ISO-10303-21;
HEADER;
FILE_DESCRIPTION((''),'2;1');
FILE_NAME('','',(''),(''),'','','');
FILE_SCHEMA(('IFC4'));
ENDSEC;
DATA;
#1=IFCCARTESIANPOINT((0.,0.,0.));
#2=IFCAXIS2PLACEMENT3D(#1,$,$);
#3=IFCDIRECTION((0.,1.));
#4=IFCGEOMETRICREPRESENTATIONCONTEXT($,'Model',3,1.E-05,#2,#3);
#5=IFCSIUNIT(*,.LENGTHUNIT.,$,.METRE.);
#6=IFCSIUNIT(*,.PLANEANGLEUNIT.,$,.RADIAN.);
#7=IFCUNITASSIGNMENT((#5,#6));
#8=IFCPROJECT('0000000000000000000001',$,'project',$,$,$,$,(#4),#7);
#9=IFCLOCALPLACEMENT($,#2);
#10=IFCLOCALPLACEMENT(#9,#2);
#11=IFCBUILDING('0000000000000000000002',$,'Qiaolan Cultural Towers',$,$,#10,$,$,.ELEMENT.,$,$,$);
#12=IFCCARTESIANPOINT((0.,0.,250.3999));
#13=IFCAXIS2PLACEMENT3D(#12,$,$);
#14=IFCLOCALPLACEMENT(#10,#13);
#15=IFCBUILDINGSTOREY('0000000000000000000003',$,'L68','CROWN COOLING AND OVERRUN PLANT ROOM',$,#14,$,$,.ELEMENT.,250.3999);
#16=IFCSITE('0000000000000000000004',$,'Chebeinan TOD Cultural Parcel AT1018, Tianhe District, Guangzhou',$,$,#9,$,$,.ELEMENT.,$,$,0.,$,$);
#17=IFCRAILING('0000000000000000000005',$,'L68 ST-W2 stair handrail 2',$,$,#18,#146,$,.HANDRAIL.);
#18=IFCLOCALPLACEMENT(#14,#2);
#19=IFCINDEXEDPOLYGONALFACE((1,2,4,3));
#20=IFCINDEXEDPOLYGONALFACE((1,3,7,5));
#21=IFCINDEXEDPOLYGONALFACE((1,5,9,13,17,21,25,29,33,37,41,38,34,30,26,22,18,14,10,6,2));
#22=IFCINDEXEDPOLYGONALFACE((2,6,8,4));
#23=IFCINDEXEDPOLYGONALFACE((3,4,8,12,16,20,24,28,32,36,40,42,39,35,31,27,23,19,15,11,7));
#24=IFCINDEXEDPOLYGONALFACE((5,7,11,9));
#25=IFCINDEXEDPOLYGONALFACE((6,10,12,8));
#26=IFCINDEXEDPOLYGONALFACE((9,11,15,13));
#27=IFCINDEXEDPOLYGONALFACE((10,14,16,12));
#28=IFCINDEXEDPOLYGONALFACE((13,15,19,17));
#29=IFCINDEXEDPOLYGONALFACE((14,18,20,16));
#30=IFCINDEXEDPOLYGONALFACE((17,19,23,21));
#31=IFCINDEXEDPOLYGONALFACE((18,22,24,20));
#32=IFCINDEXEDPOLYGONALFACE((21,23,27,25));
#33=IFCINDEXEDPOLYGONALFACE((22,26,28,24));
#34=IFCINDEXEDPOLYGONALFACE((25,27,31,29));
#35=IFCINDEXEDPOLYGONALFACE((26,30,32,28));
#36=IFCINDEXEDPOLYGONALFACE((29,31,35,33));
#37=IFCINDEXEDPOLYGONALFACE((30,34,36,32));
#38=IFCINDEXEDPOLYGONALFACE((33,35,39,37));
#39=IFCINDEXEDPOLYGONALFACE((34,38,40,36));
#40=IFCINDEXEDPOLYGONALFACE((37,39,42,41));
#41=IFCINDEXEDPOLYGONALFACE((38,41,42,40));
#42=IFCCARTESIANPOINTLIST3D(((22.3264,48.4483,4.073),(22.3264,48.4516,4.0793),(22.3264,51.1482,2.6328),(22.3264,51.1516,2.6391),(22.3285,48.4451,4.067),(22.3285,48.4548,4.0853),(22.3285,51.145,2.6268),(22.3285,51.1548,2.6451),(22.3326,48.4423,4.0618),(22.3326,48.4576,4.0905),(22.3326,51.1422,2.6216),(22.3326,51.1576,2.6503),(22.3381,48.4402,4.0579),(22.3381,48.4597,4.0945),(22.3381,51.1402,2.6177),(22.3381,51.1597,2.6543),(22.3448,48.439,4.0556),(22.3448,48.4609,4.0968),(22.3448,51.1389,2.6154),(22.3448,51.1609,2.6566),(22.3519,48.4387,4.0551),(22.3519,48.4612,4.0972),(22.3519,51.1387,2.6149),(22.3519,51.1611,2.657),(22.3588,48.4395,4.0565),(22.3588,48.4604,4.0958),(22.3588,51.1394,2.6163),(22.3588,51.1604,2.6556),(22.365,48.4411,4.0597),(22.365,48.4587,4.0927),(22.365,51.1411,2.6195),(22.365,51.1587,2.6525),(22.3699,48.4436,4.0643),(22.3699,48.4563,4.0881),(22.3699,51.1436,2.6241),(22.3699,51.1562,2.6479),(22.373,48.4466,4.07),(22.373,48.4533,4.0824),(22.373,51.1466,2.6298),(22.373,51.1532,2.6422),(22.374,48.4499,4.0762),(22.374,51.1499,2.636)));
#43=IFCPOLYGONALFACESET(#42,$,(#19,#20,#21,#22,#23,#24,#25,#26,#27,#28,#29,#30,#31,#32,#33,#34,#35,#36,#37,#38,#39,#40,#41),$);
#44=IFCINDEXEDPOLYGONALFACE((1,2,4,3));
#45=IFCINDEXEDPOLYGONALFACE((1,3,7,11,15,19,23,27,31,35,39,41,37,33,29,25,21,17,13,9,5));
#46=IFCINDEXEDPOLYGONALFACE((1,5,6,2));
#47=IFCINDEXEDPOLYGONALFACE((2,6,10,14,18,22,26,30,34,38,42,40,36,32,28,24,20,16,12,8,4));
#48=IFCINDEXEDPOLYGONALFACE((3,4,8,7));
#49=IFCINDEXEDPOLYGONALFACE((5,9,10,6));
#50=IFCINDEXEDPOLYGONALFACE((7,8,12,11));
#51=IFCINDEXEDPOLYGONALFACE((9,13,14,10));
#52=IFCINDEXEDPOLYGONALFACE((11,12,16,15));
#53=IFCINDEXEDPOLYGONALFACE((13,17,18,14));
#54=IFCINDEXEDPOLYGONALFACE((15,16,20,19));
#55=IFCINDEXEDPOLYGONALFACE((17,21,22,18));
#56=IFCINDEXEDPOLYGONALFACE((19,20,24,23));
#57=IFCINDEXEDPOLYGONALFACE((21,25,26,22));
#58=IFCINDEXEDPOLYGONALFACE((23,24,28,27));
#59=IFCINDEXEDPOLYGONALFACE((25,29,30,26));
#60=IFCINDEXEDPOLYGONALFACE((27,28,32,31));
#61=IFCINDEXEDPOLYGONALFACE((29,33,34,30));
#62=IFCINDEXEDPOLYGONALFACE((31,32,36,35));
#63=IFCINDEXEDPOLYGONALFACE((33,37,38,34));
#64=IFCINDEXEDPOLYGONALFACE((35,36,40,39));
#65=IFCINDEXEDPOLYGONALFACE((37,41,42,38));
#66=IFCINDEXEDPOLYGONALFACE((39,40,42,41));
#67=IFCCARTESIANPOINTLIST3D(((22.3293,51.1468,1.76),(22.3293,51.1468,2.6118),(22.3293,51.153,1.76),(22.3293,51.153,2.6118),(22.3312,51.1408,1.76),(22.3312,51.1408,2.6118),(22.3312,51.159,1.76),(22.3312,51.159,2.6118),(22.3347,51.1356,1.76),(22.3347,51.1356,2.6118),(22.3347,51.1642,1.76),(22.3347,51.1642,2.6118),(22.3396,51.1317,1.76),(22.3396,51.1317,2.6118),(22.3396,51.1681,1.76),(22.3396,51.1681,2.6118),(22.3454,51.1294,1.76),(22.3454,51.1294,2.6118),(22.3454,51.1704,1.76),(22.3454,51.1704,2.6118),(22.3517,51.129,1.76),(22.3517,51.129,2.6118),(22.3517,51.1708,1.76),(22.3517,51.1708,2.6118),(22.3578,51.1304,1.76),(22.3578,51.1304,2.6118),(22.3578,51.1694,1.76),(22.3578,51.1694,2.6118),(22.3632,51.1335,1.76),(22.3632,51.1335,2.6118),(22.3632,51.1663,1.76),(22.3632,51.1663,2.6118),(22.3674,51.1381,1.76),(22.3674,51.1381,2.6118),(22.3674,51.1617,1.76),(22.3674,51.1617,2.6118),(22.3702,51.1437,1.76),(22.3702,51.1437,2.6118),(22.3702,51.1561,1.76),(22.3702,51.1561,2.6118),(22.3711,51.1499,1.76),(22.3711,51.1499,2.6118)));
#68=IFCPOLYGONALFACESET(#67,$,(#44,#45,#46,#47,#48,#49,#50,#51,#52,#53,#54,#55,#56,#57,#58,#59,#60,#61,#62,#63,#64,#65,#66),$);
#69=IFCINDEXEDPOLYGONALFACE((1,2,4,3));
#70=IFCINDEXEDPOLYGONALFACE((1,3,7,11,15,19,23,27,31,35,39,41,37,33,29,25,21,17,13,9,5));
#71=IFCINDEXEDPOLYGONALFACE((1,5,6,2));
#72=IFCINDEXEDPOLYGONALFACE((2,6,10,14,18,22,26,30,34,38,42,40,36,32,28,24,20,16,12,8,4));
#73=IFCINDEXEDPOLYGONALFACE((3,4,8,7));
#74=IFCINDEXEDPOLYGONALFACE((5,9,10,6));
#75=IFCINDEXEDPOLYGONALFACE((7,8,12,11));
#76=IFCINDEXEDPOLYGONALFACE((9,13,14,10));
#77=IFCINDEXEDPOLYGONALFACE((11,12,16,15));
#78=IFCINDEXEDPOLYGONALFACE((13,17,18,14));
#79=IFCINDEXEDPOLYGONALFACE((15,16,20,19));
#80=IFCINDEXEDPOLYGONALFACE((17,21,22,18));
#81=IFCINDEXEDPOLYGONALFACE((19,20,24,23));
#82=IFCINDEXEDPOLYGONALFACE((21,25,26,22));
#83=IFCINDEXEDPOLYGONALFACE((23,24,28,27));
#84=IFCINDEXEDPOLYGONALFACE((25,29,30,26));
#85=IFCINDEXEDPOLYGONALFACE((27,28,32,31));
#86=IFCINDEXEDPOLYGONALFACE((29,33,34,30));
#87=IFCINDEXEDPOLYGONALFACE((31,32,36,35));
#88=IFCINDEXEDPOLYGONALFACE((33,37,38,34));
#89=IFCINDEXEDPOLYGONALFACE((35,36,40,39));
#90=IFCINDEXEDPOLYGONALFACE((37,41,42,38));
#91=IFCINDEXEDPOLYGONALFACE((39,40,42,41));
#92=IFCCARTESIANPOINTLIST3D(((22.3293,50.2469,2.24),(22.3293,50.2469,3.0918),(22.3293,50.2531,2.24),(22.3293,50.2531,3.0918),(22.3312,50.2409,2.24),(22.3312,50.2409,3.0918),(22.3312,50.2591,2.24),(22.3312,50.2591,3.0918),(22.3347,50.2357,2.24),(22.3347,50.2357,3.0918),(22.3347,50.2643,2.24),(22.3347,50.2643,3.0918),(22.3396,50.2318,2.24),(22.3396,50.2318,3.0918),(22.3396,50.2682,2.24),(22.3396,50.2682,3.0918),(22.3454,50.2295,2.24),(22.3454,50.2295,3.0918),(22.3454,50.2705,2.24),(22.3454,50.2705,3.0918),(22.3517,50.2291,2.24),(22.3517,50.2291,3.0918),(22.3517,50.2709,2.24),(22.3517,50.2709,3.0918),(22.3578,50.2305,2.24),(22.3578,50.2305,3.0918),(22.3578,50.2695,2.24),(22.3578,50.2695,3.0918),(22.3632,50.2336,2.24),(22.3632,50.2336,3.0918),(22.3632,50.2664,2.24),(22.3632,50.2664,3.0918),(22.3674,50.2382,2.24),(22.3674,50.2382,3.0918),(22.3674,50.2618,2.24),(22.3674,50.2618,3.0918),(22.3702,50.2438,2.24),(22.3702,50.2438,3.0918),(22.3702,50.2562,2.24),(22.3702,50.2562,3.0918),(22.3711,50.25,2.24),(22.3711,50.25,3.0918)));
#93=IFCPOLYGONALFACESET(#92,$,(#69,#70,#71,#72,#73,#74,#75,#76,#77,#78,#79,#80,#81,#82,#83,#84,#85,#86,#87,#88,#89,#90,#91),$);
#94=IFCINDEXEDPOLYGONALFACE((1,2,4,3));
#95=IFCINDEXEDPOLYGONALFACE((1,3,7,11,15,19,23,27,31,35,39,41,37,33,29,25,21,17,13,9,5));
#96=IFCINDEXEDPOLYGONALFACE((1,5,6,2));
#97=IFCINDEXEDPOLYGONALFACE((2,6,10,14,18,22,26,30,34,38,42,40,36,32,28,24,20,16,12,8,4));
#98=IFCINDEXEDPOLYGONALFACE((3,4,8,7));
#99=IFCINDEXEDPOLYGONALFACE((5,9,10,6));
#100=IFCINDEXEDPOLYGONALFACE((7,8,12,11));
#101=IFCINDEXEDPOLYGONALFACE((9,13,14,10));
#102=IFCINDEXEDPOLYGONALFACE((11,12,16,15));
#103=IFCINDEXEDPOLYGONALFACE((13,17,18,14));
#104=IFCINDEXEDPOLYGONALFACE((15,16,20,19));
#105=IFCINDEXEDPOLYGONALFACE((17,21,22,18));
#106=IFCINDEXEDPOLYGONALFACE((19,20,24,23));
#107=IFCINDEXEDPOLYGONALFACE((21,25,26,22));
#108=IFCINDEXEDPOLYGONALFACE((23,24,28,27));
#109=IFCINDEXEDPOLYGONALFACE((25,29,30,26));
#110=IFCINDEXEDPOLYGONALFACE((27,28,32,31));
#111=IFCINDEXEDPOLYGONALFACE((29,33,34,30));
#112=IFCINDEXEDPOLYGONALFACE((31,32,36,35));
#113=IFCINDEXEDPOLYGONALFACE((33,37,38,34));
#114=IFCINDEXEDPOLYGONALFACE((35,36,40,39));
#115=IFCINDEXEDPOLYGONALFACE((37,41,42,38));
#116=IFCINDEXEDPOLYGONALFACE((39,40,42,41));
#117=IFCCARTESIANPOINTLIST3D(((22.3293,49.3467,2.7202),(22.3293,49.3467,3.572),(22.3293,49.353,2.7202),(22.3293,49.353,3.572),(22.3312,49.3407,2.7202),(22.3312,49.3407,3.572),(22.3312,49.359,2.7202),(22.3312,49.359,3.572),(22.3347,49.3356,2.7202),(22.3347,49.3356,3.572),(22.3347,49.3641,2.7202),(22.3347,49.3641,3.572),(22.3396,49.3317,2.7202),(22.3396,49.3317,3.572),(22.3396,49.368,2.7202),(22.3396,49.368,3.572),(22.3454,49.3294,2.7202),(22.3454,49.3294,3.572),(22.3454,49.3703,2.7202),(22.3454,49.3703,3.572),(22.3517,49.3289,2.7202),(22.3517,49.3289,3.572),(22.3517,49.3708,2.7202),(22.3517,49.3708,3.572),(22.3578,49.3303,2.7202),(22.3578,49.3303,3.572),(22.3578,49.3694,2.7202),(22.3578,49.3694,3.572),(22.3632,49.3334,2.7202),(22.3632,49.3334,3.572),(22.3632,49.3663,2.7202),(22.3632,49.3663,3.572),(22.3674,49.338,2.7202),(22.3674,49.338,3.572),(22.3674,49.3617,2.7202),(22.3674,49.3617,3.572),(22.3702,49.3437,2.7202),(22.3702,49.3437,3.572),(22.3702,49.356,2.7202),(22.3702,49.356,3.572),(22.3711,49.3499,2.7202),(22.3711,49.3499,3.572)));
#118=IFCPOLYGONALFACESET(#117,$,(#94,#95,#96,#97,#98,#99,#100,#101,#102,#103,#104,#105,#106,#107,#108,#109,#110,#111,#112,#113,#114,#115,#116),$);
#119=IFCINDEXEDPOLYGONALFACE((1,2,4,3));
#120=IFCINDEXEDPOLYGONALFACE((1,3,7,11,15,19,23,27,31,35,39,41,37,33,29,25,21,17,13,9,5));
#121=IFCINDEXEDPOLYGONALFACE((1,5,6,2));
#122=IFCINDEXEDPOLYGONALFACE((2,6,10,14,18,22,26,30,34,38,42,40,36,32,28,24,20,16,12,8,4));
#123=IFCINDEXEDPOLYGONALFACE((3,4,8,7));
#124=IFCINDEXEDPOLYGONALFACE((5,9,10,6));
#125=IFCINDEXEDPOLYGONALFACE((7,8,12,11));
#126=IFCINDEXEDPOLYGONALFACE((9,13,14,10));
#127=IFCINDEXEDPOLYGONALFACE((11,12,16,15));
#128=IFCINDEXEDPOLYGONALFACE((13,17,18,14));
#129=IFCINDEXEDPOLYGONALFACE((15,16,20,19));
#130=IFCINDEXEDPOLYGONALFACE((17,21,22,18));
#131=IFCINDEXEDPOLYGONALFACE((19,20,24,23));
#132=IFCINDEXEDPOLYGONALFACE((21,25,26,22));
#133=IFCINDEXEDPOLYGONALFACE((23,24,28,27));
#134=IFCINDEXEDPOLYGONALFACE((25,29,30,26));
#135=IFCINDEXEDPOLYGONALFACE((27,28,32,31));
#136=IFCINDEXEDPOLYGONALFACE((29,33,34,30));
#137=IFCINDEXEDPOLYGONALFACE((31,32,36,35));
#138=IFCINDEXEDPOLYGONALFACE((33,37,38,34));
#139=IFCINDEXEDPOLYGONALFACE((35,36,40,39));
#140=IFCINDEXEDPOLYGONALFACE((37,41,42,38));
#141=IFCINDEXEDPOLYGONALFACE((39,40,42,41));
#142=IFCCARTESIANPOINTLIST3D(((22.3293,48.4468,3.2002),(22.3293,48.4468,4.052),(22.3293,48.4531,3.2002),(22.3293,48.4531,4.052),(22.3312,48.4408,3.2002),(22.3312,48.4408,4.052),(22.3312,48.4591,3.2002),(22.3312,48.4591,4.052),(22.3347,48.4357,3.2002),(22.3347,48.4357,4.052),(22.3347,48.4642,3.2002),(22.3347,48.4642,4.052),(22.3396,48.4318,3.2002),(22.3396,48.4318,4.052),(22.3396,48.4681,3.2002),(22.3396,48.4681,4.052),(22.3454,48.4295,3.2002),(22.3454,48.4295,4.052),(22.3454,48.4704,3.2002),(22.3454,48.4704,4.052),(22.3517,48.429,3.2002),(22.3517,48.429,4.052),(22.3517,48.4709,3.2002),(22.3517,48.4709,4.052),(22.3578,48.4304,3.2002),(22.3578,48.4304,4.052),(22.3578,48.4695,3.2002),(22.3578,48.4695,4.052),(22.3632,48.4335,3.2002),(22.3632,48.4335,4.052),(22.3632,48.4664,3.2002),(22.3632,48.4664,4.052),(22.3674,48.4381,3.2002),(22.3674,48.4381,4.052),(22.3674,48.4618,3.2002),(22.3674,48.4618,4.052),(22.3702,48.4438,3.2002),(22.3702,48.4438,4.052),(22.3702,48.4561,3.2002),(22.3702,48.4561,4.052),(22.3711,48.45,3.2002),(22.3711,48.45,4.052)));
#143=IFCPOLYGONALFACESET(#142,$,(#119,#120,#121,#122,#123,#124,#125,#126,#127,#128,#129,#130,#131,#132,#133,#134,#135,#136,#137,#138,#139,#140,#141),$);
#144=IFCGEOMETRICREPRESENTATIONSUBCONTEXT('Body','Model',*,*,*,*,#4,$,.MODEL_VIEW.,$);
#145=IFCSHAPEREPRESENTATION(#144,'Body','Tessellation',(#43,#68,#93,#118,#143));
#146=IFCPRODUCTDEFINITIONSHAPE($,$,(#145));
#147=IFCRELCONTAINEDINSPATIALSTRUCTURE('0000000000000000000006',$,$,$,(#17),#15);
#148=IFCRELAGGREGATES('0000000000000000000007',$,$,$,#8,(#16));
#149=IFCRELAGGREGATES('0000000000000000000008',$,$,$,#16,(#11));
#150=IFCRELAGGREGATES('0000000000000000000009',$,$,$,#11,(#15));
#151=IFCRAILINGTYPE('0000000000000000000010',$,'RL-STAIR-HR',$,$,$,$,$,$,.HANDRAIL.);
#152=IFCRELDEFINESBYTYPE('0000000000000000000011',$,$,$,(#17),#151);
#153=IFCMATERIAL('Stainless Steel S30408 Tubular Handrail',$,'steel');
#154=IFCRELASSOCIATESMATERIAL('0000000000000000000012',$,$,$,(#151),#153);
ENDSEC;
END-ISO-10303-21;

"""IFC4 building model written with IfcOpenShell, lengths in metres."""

from ifc_helpers import new_model, si_unit, direction, frame, origin, origin_2d, place, context, subcontext, project, spatial, circle, extrude, material, type_object, element, save


model = new_model("IFC4")

# Units and contexts
model_context = context("Model", 3, precision=1e-05, world=origin(), true_north=direction((0.0, 1.0)))
body_context = subcontext(model_context, "Body", "Model", "MODEL_VIEW")
ifc_project = project(units=[si_unit("LENGTHUNIT", "METRE"), si_unit("PLANEANGLEUNIT", "RADIAN")], contexts=[model_context])

# Site, building, storey
site_placement = place(None, origin())
site = spatial("IfcSite", under=ifc_project, at=site_placement, Name="Chebeinan TOD Cultural Parcel AT1018, Tianhe District, Guangzhou", CompositionType="ELEMENT", RefElevation=0.0)
building_placement = place(site_placement, origin())
building = spatial("IfcBuilding", under=site, at=building_placement, Name="Qiaolan Cultural Towers", CompositionType="ELEMENT")
storey_placement = place(building_placement, frame((0.0, 0.0, 250.3999)))
storey = spatial("IfcBuildingStorey", under=building, at=storey_placement, Name="L68", Description="CROWN COOLING AND OVERRUN PLANT ROOM", CompositionType="ELEMENT", Elevation=250.3999)

# Railing
ifc_material_1 = material(Name="Stainless Steel S30408 Tubular Handrail", Category="steel")
railing_type_1 = type_object("IfcRailingType", Name="RL-STAIR-HR", PredefinedType="HANDRAIL", material=ifc_material_1)
railing_1_placement = place(storey_placement, frame((22.3501, 51.1499, 1.76)))
element("IfcRailing", 1, at=railing_1_placement, inside=storey, type_object=railing_type_1, Name="L68 ST-W2 stair handrail 2", PredefinedType="HANDRAIL", context=body_context, shape_type="SweptSolid", body=[
    extrude(circle(Radius=0.0239, at=origin_2d()), frame((0.0, 0.0, 0.876), z_axis=(0.0, -0.882324, 0.470642), x_axis=(1.0, 0.0, 0.0)), (0.0, 0.0, 1.0), 3.0601),
    extrude(circle(Radius=0.021, at=origin_2d()), origin(), (0.0, 0.0, 1.0), 0.8518),
    extrude(circle(Radius=0.021, at=origin_2d()), frame((0.0, -0.8999, 0.48)), (0.0, 0.0, 1.0), 0.8518),
    extrude(circle(Radius=0.021, at=origin_2d()), frame((0.0, -1.8, 0.9602)), (0.0, 0.0, 1.0), 0.8518),
    extrude(circle(Radius=0.021, at=origin_2d()), frame((0.0, -2.7, 1.4402)), (0.0, 0.0, 1.0), 0.8518),
])

save(model, "model.ifc")
